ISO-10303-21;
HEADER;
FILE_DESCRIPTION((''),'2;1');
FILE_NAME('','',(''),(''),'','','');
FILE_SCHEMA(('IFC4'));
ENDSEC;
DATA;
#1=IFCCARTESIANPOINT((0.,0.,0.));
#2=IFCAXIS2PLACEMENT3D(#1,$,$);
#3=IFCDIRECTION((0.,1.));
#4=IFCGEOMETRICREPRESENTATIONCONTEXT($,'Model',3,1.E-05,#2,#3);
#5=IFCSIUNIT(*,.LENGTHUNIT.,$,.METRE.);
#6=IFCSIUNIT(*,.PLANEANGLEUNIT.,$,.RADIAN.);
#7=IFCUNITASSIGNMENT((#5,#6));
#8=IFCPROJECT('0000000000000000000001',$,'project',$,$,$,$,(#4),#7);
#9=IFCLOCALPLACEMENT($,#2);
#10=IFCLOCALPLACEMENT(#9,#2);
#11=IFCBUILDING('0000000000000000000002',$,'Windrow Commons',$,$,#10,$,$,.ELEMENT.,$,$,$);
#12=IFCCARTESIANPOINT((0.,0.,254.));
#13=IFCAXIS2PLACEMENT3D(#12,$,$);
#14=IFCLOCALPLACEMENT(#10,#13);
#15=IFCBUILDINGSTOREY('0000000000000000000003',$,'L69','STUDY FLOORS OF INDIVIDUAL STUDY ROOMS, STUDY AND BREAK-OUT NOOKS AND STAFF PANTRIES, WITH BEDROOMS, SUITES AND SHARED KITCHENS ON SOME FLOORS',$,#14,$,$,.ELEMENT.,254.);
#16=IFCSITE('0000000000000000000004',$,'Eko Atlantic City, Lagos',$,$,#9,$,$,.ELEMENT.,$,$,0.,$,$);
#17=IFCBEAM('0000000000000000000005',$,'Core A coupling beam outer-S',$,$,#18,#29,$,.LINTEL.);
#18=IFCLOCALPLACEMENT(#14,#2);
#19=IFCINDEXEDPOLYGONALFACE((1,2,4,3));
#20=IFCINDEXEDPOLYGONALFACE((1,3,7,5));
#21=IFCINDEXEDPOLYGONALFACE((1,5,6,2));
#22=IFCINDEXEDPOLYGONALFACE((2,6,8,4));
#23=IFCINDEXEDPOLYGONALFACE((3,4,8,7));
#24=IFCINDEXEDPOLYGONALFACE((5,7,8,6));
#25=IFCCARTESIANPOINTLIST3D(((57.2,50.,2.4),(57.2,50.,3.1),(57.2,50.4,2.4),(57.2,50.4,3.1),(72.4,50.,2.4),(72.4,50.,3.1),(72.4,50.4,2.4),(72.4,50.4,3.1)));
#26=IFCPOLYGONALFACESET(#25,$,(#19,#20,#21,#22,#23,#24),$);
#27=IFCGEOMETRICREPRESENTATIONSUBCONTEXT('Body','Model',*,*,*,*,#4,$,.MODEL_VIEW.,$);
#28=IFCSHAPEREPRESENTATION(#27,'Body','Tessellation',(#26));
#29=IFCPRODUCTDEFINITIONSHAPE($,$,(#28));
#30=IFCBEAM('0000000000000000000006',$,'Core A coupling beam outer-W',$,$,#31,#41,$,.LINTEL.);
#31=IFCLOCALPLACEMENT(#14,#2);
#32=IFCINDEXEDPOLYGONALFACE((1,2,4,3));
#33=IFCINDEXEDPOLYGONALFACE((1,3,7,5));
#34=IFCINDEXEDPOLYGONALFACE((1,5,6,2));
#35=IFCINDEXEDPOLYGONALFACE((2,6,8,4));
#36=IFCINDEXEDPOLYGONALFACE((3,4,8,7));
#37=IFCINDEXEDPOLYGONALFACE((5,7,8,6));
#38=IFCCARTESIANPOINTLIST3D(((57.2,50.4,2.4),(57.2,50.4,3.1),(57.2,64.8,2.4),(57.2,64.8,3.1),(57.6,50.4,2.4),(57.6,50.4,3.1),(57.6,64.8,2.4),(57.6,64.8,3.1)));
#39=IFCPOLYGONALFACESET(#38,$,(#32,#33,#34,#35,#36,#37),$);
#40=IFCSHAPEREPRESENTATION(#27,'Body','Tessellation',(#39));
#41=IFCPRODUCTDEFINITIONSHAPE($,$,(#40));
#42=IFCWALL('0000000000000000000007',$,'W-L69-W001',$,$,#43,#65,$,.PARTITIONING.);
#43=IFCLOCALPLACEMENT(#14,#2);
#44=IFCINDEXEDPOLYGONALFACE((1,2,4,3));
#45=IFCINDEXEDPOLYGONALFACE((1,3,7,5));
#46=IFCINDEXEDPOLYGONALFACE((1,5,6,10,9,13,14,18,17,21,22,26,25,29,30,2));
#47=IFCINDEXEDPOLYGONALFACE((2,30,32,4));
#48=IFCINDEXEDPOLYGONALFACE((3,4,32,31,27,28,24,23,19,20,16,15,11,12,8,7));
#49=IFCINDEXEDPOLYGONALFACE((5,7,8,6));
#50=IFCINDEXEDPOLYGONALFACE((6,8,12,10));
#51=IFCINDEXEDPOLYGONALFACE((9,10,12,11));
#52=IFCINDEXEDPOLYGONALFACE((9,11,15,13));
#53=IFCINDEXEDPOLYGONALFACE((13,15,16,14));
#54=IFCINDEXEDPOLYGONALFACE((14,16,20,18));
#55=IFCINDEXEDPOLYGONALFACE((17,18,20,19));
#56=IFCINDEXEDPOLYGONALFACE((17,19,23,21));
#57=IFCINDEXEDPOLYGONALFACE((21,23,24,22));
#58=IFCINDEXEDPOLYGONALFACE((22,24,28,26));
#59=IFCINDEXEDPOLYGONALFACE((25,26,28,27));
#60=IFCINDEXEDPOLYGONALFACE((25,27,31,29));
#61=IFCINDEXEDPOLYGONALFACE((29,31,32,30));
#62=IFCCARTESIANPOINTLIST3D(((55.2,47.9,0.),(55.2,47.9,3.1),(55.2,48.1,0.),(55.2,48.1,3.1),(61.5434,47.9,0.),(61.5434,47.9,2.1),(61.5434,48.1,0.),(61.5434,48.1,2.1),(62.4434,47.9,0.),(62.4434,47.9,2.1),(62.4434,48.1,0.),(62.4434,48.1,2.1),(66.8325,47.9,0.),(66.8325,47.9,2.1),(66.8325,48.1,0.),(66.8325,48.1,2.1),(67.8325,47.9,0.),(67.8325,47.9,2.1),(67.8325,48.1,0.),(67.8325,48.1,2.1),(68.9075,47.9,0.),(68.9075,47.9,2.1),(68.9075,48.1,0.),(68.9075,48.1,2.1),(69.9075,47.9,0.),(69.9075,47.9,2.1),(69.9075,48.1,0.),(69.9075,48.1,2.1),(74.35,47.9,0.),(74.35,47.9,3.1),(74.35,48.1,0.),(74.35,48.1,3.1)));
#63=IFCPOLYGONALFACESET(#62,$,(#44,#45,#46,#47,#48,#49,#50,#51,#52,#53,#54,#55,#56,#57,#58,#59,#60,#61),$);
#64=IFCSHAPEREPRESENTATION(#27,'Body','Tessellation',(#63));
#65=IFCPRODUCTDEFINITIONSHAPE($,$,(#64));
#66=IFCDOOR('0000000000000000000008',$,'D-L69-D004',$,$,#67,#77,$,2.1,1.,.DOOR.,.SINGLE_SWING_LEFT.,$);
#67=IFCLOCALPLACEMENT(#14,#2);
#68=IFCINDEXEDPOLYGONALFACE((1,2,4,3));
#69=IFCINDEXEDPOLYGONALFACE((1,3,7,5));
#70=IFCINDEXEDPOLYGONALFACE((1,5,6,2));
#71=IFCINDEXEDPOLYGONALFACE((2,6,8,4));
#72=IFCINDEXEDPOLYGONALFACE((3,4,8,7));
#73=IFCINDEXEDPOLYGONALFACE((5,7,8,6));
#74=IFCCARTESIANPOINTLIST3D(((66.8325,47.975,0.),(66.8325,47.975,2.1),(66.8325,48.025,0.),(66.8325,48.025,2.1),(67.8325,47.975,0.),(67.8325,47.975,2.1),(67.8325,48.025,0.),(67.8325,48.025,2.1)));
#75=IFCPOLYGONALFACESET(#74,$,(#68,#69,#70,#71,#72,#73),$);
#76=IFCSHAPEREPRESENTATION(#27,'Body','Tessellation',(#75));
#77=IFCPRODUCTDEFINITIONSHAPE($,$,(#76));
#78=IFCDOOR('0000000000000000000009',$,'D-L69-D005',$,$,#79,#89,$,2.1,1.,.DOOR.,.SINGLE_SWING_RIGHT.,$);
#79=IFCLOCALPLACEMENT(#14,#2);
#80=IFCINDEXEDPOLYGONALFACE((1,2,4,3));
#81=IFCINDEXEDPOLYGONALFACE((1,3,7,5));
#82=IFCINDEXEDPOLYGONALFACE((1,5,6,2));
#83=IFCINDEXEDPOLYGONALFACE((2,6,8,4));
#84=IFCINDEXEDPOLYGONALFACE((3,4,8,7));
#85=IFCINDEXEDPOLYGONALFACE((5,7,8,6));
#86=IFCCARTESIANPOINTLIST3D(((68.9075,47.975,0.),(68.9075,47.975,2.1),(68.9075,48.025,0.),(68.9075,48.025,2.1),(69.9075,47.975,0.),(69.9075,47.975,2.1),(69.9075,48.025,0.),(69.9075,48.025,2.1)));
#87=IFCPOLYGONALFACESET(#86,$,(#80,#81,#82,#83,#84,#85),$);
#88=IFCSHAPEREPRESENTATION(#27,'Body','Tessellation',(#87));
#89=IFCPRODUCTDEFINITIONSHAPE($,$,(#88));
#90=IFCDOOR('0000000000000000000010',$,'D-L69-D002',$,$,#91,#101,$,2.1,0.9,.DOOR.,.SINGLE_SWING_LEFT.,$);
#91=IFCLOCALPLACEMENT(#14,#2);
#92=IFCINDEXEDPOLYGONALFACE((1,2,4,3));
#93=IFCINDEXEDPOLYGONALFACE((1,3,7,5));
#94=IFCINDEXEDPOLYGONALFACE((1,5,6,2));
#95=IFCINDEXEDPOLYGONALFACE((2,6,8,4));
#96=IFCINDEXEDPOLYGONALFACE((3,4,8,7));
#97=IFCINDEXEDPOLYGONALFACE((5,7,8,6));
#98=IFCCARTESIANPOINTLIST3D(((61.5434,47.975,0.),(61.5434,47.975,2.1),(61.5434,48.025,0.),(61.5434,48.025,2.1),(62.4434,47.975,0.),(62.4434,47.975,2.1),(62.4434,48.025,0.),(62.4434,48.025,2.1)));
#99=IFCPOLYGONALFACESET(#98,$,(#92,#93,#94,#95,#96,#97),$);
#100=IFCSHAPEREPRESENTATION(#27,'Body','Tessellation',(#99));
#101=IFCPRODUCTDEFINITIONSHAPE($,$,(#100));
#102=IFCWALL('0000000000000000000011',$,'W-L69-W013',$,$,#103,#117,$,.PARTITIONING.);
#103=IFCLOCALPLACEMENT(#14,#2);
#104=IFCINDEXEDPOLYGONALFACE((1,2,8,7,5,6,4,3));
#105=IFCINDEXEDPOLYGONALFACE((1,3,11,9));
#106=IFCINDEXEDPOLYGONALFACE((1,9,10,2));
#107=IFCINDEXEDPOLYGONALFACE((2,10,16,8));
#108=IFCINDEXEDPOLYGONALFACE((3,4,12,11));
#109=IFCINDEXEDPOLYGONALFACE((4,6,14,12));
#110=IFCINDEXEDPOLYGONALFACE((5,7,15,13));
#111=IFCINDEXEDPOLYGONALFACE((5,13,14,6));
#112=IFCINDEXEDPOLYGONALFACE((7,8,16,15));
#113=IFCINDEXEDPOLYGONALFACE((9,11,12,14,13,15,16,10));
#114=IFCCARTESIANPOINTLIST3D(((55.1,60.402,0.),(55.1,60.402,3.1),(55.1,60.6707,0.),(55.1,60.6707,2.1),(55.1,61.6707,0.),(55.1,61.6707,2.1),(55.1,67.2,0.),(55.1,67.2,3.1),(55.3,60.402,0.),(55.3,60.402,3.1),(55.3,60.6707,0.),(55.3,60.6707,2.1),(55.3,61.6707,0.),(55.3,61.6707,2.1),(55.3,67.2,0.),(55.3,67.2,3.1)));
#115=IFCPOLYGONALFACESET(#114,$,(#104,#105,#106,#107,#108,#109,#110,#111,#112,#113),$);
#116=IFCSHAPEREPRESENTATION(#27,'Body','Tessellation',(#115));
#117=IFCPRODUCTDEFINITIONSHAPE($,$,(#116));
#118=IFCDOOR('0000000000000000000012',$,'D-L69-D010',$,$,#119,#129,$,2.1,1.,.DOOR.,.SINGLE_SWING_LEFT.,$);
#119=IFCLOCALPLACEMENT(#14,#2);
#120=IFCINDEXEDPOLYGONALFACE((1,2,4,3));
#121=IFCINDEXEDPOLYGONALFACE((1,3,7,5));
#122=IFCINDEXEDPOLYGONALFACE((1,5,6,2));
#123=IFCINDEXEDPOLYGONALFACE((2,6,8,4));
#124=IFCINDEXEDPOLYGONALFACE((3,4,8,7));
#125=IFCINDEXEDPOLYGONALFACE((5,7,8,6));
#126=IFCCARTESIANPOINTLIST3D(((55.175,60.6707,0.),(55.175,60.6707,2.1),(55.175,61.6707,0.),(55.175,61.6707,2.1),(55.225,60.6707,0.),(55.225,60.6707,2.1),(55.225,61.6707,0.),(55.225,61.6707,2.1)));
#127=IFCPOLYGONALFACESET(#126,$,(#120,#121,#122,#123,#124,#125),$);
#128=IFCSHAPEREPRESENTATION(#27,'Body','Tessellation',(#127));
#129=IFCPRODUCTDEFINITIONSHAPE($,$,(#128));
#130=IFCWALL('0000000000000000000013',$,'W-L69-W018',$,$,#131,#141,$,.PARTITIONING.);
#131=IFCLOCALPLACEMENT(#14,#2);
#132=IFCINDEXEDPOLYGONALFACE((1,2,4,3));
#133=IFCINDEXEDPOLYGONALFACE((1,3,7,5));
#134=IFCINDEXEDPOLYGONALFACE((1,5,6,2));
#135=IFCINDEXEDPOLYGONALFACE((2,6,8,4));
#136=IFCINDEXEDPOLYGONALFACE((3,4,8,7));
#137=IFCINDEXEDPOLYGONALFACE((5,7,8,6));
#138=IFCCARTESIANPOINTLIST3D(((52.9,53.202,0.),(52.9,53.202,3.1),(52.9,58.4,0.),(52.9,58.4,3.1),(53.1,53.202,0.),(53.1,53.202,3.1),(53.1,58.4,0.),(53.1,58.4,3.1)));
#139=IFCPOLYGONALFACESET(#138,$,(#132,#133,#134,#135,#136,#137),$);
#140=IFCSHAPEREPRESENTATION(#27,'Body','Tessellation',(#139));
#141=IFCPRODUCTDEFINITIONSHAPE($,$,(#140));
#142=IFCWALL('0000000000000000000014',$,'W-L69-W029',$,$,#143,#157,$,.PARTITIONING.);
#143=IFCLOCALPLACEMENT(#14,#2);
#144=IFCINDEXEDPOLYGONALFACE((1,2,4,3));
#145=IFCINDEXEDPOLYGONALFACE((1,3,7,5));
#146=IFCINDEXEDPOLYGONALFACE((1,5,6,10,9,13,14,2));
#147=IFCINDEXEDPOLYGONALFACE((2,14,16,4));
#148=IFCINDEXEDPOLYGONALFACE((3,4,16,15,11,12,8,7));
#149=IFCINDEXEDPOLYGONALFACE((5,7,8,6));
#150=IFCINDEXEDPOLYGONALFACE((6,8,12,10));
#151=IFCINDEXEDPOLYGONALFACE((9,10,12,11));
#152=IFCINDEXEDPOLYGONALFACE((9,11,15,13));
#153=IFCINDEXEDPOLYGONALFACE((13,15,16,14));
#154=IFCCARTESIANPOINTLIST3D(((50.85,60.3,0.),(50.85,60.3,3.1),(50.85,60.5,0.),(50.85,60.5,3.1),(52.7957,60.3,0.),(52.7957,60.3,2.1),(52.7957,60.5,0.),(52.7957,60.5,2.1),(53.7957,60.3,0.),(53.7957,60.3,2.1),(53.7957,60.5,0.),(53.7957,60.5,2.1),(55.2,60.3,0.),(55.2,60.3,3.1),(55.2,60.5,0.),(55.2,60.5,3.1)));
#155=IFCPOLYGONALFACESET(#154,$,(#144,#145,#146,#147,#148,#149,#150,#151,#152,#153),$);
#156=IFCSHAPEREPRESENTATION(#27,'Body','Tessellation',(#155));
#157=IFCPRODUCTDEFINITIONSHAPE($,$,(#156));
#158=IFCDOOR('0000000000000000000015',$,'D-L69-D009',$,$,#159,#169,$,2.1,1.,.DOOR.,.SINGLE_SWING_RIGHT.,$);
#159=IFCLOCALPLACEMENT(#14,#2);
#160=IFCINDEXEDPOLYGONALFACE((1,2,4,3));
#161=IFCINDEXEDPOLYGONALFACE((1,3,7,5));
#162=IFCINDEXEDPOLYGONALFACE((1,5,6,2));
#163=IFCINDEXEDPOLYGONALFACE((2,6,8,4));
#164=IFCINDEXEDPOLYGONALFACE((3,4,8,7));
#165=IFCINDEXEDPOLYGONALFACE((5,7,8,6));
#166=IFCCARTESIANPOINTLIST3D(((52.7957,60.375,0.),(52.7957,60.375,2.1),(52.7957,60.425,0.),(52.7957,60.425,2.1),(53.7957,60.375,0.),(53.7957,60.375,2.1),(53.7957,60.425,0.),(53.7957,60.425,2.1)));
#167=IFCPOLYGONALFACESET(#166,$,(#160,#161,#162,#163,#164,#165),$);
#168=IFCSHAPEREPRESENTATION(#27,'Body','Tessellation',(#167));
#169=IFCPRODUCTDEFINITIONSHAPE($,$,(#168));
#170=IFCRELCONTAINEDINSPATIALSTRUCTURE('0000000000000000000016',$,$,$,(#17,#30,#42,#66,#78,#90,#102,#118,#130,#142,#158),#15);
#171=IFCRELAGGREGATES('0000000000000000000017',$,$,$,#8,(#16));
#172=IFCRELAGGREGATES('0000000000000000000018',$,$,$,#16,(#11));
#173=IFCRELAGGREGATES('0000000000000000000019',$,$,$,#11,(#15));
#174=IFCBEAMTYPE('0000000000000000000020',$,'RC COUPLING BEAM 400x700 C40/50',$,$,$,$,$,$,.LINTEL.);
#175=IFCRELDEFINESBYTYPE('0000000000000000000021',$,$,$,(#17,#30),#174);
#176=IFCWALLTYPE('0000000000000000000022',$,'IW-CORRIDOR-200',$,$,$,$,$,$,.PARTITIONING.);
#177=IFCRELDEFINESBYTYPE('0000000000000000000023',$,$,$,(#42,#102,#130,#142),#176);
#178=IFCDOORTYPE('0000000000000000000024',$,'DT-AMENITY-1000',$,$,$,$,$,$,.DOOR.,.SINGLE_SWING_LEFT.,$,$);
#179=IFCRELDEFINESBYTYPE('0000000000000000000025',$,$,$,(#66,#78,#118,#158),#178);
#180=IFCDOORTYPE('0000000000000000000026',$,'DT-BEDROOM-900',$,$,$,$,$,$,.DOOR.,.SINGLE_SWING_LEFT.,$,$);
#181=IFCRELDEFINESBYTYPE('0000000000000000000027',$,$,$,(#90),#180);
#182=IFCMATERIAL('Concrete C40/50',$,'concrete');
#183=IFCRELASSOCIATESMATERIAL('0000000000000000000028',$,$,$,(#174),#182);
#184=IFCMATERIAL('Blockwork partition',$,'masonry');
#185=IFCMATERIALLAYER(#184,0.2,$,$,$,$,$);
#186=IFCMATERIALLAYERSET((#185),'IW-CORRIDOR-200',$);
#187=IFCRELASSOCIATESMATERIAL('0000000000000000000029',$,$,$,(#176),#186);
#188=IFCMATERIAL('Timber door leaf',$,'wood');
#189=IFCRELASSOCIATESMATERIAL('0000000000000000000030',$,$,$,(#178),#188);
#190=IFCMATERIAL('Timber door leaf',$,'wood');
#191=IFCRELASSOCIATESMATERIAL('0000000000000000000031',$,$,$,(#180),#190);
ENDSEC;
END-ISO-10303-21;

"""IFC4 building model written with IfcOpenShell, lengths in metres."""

from ifc_helpers import new_model, si_unit, direction, frame, frame_2d, origin, origin_2d, place, context, subcontext, project, spatial, rectangle, extrude, material, layer, layer_set, material_profile, profile_set, type_object, element, fill, save


model = new_model("IFC4")

# Units and contexts
model_context = context("Model", 3, precision=1e-05, world=origin(), true_north=direction((0.0, 1.0)))
body_context = subcontext(model_context, "Body", "Model", "MODEL_VIEW")
ifc_project = project(units=[si_unit("LENGTHUNIT", "METRE"), si_unit("PLANEANGLEUNIT", "RADIAN")], contexts=[model_context])

# Site, building, storey
site_placement = place(None, origin())
site = spatial("IfcSite", under=ifc_project, at=site_placement, Name="Eko Atlantic City, Lagos", CompositionType="ELEMENT", RefElevation=0.0)
building_placement = place(site_placement, origin())
building = spatial("IfcBuilding", under=site, at=building_placement, Name="Windrow Commons", CompositionType="ELEMENT")
storey_placement = place(building_placement, frame((0.0, 0.0, 254.0)))
storey = spatial("IfcBuildingStorey", under=building, at=storey_placement, Name="L69", Description="STUDY FLOORS OF INDIVIDUAL STUDY ROOMS, STUDY AND BREAK-OUT NOOKS AND STAFF PANTRIES, WITH BEDROOMS, SUITES AND SHARED KITCHENS ON SOME FLOORS", CompositionType="ELEMENT", Elevation=254.0)

# Beams
ifc_material_1 = material(Name="Concrete C40/50", Category="concrete")
ifc_material_profile = material_profile(ifc_material_1, rectangle(XDim=0.4, YDim=0.7, at=origin_2d()))
ifc_profile_set = profile_set([ifc_material_profile], Name="Concrete C40/50")
beam_type = type_object("IfcBeamType", Name="RC COUPLING BEAM 400x700 C40/50", PredefinedType="LINTEL", material=ifc_profile_set)
beam_1_placement = place(storey_placement, frame((57.2, 50.2, 2.75), z_axis=(1.0, 0.0, 0.0), x_axis=(0.0, 1.0, 0.0)))
element("IfcBeam", 1, at=beam_1_placement, inside=storey, type_object=beam_type, Name="Core A coupling beam outer-S", PredefinedType="LINTEL", context=body_context, shape_type="SweptSolid", body=[
    extrude(rectangle(XDim=0.4, YDim=0.7, at=origin_2d()), origin(), (0.0, 0.0, 1.0), 15.2),
])
beam_2_placement = place(storey_placement, frame((57.4, 50.4, 2.75), z_axis=(0.0, 1.0, 0.0), x_axis=(-1.0, 0.0, 0.0)))
element("IfcBeam", 2, at=beam_2_placement, inside=storey, type_object=beam_type, Name="Core A coupling beam outer-W", PredefinedType="LINTEL", context=body_context, shape_type="SweptSolid", body=[
    extrude(rectangle(XDim=0.4, YDim=0.7, at=origin_2d()), origin(), (0.0, 0.0, 1.0), 14.4),
])

# Wall, openings, doors
ifc_material_2 = material(Name="Blockwork partition", Category="masonry")
ifc_layer_1 = layer(ifc_material_2, 0.2)
ifc_layer_set_1 = layer_set([ifc_layer_1], Name="IW-CORRIDOR-200")
wall_type_1 = type_object("IfcWallType", Name="IW-CORRIDOR-200", PredefinedType="PARTITIONING", material=ifc_layer_set_1)
wall_1_placement = place(storey_placement, frame((55.2, 48.0, 0.0), z_axis=(0.0, 0.0, 1.0), x_axis=(1.0, 0.0, 0.0)))
wall_1 = element("IfcWall", 3, at=wall_1_placement, inside=storey, type_object=wall_type_1, Name="W-L69-W001", PredefinedType="PARTITIONING", context=body_context, shape_type="SweptSolid", body=[
    extrude(rectangle(XDim=19.15, YDim=0.2, at=frame_2d((9.575, 0.0))), origin(), (0.0, 0.0, 1.0), 3.1),
])
opening_1_placement = place(wall_1_placement, frame((6.3434, 0.0, 0.0)))
opening_1 = element("IfcOpeningElement", 4, at=opening_1_placement, cuts=wall_1, PredefinedType="OPENING", context=body_context, shape_type="SweptSolid", body=[
    extrude(rectangle(XDim=0.9, YDim=2.1, at=frame_2d((0.45, 1.05))), frame((0.0, 0.11, 0.0), z_axis=(0.0, -1.0, 0.0), x_axis=(1.0, 0.0, 0.0)), (0.0, 0.0, 1.0), 0.22),
])
opening_2_placement = place(wall_1_placement, frame((11.6325, 0.0, 0.0)))
opening_2 = element("IfcOpeningElement", 5, at=opening_2_placement, cuts=wall_1, PredefinedType="OPENING", context=body_context, shape_type="SweptSolid", body=[
    extrude(rectangle(XDim=1.0, YDim=2.1, at=frame_2d((0.5, 1.05))), frame((0.0, 0.11, 0.0), z_axis=(0.0, -1.0, 0.0), x_axis=(1.0, 0.0, 0.0)), (0.0, 0.0, 1.0), 0.22),
])
opening_3_placement = place(wall_1_placement, frame((13.7075, 0.0, 0.0)))
opening_3 = element("IfcOpeningElement", 6, at=opening_3_placement, cuts=wall_1, PredefinedType="OPENING", context=body_context, shape_type="SweptSolid", body=[
    extrude(rectangle(XDim=1.0, YDim=2.1, at=frame_2d((0.5, 1.05))), frame((0.0, 0.11, 0.0), z_axis=(0.0, -1.0, 0.0), x_axis=(1.0, 0.0, 0.0)), (0.0, 0.0, 1.0), 0.22),
])
ifc_material_3 = material(Name="Timber door leaf", Category="wood")
door_type_1 = type_object("IfcDoorType", Name="DT-AMENITY-1000", OperationType="SINGLE_SWING_LEFT", PredefinedType="DOOR", material=ifc_material_3)
door_1_placement = place(opening_2_placement, origin())
door_1 = element("IfcDoor", 7, at=door_1_placement, inside=storey, type_object=door_type_1, Name="D-L69-D004", OperationType="SINGLE_SWING_LEFT", OverallHeight=2.1, OverallWidth=1.0, PredefinedType="DOOR", context=body_context, shape_type="SweptSolid", body=[
    extrude(rectangle(XDim=1.0, YDim=2.1, at=frame_2d((0.5, 1.05))), frame((0.0, 0.025, 0.0), z_axis=(0.0, -1.0, 0.0), x_axis=(1.0, 0.0, 0.0)), (0.0, 0.0, 1.0), 0.05),
])
fill(opening_2, door_1)
door_2_placement = place(opening_3_placement, origin())
door_2 = element("IfcDoor", 8, at=door_2_placement, inside=storey, type_object=door_type_1, Name="D-L69-D005", OperationType="SINGLE_SWING_RIGHT", OverallHeight=2.1, OverallWidth=1.0, PredefinedType="DOOR", context=body_context, shape_type="SweptSolid", body=[
    extrude(rectangle(XDim=1.0, YDim=2.1, at=frame_2d((0.5, 1.05))), frame((0.0, 0.025, 0.0), z_axis=(0.0, -1.0, 0.0), x_axis=(1.0, 0.0, 0.0)), (0.0, 0.0, 1.0), 0.05),
])
fill(opening_3, door_2)
ifc_material_4 = material(Name="Timber door leaf", Category="wood")
door_type_2 = type_object("IfcDoorType", Name="DT-BEDROOM-900", OperationType="SINGLE_SWING_LEFT", PredefinedType="DOOR", material=ifc_material_4)
door_3_placement = place(opening_1_placement, origin())
door_3 = element("IfcDoor", 9, at=door_3_placement, inside=storey, type_object=door_type_2, Name="D-L69-D002", OperationType="SINGLE_SWING_LEFT", OverallHeight=2.1, OverallWidth=0.9, PredefinedType="DOOR", context=body_context, shape_type="SweptSolid", body=[
    extrude(rectangle(XDim=0.9, YDim=2.1, at=frame_2d((0.45, 1.05))), frame((0.0, 0.025, 0.0), z_axis=(0.0, -1.0, 0.0), x_axis=(1.0, 0.0, 0.0)), (0.0, 0.0, 1.0), 0.05),
])
fill(opening_1, door_3)

# Wall, opening, door
wall_2_placement = place(storey_placement, frame((55.2, 60.402, 0.0), z_axis=(0.0, 0.0, 1.0), x_axis=(0.0, 1.0, 0.0)))
wall_2 = element("IfcWall", 10, at=wall_2_placement, inside=storey, type_object=wall_type_1, Name="W-L69-W013", PredefinedType="PARTITIONING", context=body_context, shape_type="SweptSolid", body=[
    extrude(rectangle(XDim=6.798, YDim=0.2, at=frame_2d((3.399, 0.0))), origin(), (0.0, 0.0, 1.0), 3.1),
])
opening_4_placement = place(wall_2_placement, frame((0.2687, 0.0, 0.0)))
opening_4 = element("IfcOpeningElement", 11, at=opening_4_placement, cuts=wall_2, PredefinedType="OPENING", context=body_context, shape_type="SweptSolid", body=[
    extrude(rectangle(XDim=1.0, YDim=2.1, at=frame_2d((0.5, 1.05))), frame((0.0, 0.11, 0.0), z_axis=(0.0, -1.0, 0.0), x_axis=(1.0, 0.0, 0.0)), (0.0, 0.0, 1.0), 0.22),
])
door_4_placement = place(opening_4_placement, origin())
door_4 = element("IfcDoor", 12, at=door_4_placement, inside=storey, type_object=door_type_1, Name="D-L69-D010", OperationType="SINGLE_SWING_LEFT", OverallHeight=2.1, OverallWidth=1.0, PredefinedType="DOOR", context=body_context, shape_type="SweptSolid", body=[
    extrude(rectangle(XDim=1.0, YDim=2.1, at=frame_2d((0.5, 1.05))), frame((0.0, 0.025, 0.0), z_axis=(0.0, -1.0, 0.0), x_axis=(1.0, 0.0, 0.0)), (0.0, 0.0, 1.0), 0.05),
])
fill(opening_4, door_4)

# Wall
wall_3_placement = place(storey_placement, frame((53.0, 53.202, 0.0), z_axis=(0.0, 0.0, 1.0), x_axis=(0.0, 1.0, 0.0)))
element("IfcWall", 13, at=wall_3_placement, inside=storey, type_object=wall_type_1, Name="W-L69-W018", PredefinedType="PARTITIONING", context=body_context, shape_type="SweptSolid", body=[
    extrude(rectangle(XDim=5.198, YDim=0.2, at=frame_2d((2.599, 0.0))), origin(), (0.0, 0.0, 1.0), 3.1),
])

# Wall, opening, door
wall_4_placement = place(storey_placement, frame((50.85, 60.4, 0.0), z_axis=(0.0, 0.0, 1.0), x_axis=(1.0, 0.0, 0.0)))
wall_4 = element("IfcWall", 14, at=wall_4_placement, inside=storey, type_object=wall_type_1, Name="W-L69-W029", PredefinedType="PARTITIONING", context=body_context, shape_type="SweptSolid", body=[
    extrude(rectangle(XDim=4.35, YDim=0.2, at=frame_2d((2.175, 0.0))), origin(), (0.0, 0.0, 1.0), 3.1),
])
opening_5_placement = place(wall_4_placement, frame((1.9457, 0.0, 0.0)))
opening_5 = element("IfcOpeningElement", 15, at=opening_5_placement, cuts=wall_4, PredefinedType="OPENING", context=body_context, shape_type="SweptSolid", body=[
    extrude(rectangle(XDim=1.0, YDim=2.1, at=frame_2d((0.5, 1.05))), frame((0.0, 0.11, 0.0), z_axis=(0.0, -1.0, 0.0), x_axis=(1.0, 0.0, 0.0)), (0.0, 0.0, 1.0), 0.22),
])
door_5_placement = place(opening_5_placement, origin())
door_5 = element("IfcDoor", 16, at=door_5_placement, inside=storey, type_object=door_type_1, Name="D-L69-D009", OperationType="SINGLE_SWING_RIGHT", OverallHeight=2.1, OverallWidth=1.0, PredefinedType="DOOR", context=body_context, shape_type="SweptSolid", body=[
    extrude(rectangle(XDim=1.0, YDim=2.1, at=frame_2d((0.5, 1.05))), frame((0.0, 0.025, 0.0), z_axis=(0.0, -1.0, 0.0), x_axis=(1.0, 0.0, 0.0)), (0.0, 0.0, 1.0), 0.05),
])
fill(opening_5, door_5)

save(model, "model.ifc")
